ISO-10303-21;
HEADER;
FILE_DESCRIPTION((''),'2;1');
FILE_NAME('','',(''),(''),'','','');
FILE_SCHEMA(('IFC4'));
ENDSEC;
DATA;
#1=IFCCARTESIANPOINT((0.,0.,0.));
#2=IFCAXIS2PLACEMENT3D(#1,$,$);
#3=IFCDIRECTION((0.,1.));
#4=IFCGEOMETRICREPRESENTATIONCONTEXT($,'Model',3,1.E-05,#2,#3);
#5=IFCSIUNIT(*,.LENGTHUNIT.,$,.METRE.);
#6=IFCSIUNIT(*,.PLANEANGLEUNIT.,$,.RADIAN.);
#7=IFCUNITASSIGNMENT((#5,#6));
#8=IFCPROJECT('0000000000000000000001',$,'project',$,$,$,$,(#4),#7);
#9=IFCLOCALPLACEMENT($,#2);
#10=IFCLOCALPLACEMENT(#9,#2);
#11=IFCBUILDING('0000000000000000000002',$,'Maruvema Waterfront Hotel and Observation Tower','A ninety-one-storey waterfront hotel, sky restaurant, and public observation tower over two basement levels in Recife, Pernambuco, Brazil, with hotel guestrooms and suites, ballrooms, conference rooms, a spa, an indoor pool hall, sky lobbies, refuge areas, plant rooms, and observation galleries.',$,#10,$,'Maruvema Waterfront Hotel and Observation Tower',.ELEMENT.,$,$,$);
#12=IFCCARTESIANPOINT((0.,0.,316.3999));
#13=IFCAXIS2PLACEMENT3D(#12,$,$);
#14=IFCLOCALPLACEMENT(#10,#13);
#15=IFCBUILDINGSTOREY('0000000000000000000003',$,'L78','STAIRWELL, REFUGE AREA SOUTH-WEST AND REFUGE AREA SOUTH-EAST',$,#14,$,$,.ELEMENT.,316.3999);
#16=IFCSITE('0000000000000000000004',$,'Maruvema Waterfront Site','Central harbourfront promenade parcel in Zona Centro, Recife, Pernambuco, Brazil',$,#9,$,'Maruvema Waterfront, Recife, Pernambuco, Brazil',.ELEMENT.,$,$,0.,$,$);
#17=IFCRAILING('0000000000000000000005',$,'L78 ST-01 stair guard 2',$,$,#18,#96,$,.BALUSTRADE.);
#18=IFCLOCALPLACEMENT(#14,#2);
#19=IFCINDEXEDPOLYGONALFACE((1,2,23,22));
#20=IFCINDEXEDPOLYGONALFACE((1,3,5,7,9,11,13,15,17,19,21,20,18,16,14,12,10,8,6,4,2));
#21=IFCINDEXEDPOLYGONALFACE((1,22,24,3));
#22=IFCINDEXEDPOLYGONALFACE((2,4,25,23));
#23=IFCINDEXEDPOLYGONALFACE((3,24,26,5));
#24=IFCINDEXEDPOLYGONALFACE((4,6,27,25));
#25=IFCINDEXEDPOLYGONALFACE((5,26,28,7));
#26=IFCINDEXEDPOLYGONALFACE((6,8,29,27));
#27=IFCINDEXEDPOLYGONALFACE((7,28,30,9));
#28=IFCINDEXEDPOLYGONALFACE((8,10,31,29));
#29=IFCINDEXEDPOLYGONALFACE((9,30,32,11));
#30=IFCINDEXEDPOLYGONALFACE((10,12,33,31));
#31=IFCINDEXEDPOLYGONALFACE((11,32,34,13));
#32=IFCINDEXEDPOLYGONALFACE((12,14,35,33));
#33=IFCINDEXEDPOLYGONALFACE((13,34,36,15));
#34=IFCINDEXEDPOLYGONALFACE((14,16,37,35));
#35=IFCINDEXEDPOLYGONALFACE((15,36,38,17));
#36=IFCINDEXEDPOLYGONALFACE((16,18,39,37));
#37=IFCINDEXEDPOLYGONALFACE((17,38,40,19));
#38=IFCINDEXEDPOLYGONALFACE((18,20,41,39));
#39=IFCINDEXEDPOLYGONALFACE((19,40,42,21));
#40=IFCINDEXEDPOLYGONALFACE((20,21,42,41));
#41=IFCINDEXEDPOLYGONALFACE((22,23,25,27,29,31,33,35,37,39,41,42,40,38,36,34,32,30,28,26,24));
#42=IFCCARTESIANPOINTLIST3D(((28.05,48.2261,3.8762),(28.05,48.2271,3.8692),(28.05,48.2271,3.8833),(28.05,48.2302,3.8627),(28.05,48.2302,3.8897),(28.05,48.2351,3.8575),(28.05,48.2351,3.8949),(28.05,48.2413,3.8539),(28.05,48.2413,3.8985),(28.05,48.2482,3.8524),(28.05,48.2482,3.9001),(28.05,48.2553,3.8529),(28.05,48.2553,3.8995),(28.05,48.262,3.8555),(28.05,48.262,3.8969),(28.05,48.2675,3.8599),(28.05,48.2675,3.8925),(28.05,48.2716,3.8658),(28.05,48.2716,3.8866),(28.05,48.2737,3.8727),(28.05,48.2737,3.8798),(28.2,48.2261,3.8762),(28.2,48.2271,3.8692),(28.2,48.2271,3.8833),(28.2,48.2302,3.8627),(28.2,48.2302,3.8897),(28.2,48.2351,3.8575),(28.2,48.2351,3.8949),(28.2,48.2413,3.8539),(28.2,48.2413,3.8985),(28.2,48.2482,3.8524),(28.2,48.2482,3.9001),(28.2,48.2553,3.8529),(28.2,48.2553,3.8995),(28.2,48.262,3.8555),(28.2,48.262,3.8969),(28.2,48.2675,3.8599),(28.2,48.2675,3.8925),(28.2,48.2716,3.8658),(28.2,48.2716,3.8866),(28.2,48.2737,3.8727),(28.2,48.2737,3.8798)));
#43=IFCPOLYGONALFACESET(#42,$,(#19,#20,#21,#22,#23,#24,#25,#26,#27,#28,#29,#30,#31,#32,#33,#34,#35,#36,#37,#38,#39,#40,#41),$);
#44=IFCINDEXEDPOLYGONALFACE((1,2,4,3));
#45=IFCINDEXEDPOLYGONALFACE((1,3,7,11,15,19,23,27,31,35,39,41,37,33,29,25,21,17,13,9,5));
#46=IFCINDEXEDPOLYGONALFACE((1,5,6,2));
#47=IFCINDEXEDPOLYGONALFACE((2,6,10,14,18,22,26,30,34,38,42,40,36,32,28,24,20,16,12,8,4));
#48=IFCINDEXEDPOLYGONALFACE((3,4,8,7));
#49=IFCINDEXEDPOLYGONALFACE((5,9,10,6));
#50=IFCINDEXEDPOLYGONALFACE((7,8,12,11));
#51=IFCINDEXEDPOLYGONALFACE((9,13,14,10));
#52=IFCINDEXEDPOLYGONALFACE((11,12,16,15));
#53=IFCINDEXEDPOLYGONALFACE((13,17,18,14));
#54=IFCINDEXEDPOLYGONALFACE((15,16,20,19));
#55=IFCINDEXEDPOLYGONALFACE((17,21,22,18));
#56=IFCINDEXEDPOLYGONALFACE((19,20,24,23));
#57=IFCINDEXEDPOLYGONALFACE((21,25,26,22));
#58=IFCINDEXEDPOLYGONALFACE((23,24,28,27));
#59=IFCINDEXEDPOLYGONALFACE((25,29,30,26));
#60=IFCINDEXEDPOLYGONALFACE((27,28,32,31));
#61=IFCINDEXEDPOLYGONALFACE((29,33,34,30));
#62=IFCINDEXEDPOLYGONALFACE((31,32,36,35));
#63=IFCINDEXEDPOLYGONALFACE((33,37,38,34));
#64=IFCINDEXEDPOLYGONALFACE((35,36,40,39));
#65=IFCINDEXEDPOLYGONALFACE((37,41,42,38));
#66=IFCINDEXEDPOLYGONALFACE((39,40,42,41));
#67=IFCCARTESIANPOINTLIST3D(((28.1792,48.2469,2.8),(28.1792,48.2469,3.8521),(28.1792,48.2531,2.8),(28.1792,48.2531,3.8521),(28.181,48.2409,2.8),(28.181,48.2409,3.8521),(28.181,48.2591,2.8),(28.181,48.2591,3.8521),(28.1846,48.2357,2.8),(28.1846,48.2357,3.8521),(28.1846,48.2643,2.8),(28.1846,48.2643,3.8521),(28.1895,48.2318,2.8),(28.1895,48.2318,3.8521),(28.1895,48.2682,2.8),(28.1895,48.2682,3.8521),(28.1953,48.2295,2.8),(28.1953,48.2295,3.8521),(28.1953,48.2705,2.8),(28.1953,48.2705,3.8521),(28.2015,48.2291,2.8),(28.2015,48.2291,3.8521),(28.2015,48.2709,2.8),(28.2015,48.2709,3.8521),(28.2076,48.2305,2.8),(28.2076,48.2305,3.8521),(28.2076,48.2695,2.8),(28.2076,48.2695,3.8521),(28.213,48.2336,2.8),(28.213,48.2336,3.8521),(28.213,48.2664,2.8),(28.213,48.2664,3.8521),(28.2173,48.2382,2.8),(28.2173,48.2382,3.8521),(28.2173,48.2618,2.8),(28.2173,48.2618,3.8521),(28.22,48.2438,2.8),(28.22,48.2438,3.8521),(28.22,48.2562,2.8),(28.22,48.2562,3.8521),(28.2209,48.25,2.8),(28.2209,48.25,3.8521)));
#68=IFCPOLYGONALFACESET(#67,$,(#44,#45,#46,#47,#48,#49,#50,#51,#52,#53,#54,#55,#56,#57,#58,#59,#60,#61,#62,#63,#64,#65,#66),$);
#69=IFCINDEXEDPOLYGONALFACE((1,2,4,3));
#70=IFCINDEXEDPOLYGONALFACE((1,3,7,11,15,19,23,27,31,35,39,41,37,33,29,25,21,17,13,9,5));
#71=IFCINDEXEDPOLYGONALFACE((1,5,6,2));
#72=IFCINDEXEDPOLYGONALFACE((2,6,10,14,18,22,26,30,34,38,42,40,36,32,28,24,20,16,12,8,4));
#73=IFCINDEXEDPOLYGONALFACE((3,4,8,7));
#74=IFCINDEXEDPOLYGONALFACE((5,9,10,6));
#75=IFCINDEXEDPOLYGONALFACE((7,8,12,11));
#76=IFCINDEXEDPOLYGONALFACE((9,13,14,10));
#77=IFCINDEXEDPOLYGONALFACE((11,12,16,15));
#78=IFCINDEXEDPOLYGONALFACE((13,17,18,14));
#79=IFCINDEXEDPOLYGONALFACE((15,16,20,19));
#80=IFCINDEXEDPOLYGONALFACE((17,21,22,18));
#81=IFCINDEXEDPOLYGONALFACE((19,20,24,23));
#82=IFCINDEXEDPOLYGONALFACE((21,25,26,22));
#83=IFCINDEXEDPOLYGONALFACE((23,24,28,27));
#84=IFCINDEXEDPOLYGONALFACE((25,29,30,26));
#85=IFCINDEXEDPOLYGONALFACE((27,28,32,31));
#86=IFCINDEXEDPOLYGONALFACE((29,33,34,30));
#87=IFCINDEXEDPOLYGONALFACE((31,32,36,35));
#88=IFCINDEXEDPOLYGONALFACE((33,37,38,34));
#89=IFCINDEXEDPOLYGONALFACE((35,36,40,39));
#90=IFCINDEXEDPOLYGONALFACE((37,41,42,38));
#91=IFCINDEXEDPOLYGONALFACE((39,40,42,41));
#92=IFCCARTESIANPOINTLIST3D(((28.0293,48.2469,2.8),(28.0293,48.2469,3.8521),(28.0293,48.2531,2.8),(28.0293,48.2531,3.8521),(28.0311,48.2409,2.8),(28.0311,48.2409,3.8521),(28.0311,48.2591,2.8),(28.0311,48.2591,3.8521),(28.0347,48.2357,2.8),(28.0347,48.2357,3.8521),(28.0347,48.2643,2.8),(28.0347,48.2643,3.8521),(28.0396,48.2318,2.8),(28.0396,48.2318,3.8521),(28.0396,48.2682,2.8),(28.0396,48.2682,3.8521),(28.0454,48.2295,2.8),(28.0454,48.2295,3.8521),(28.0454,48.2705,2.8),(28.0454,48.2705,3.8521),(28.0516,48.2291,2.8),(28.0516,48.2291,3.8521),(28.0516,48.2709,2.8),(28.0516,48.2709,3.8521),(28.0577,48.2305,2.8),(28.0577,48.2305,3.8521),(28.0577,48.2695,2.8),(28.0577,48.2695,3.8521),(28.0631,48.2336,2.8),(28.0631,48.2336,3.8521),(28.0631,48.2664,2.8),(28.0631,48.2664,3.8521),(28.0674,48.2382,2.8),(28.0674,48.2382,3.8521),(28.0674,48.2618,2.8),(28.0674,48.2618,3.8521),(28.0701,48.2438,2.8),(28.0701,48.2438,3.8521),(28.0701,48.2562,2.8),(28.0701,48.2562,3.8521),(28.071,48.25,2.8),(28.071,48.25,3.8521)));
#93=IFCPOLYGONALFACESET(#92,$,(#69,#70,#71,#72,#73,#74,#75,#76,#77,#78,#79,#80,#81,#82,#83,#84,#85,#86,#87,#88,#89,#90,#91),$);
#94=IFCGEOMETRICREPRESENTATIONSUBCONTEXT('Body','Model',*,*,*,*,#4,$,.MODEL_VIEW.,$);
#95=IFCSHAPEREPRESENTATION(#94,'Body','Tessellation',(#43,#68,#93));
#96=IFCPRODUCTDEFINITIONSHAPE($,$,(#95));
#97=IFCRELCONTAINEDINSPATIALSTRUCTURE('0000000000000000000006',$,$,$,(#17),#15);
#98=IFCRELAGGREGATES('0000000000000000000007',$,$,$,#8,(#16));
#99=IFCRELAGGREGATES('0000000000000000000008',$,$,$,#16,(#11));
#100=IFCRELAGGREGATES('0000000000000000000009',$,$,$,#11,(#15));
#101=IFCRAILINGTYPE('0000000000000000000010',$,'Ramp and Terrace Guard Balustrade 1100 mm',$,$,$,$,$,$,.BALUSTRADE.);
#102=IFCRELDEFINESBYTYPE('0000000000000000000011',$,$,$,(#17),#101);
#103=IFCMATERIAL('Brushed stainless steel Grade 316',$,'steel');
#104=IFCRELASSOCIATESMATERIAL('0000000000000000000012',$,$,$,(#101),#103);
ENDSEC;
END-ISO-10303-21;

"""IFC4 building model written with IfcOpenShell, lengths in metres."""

from ifc_helpers import new_model, si_unit, direction, frame, origin, origin_2d, place, context, subcontext, project, spatial, circle, extrude, material, type_object, element, save


model = new_model("IFC4")

# Units and contexts
model_context = context("Model", 3, precision=1e-05, world=origin(), true_north=direction((0.0, 1.0)))
body_context = subcontext(model_context, "Body", "Model", "MODEL_VIEW")
ifc_project = project(units=[si_unit("LENGTHUNIT", "METRE"), si_unit("PLANEANGLEUNIT", "RADIAN")], contexts=[model_context])

# Site, building, storey
site_placement = place(None, origin())
site = spatial("IfcSite", under=ifc_project, at=site_placement, Name="Maruvema Waterfront Site", Description="Central harbourfront promenade parcel in Zona Centro, Recife, Pernambuco, Brazil", LongName="Maruvema Waterfront, Recife, Pernambuco, Brazil", CompositionType="ELEMENT", RefElevation=0.0)
building_placement = place(site_placement, origin())
building = spatial("IfcBuilding", under=site, at=building_placement, Name="Maruvema Waterfront Hotel and Observation Tower", Description="A ninety-one-storey waterfront hotel, sky restaurant, and public observation tower over two basement levels in Recife, Pernambuco, Brazil, with hotel guestrooms and suites, ballrooms, conference rooms, a spa, an indoor pool hall, sky lobbies, refuge areas, plant rooms, and observation galleries.", LongName="Maruvema Waterfront Hotel and Observation Tower", CompositionType="ELEMENT")
storey_placement = place(building_placement, frame((0.0, 0.0, 316.3999)))
storey = spatial("IfcBuildingStorey", under=building, at=storey_placement, Name="L78", Description="STAIRWELL, REFUGE AREA SOUTH-WEST AND REFUGE AREA SOUTH-EAST", CompositionType="ELEMENT", Elevation=316.3999)

# Railing
ifc_material_1 = material(Name="Brushed stainless steel Grade 316", Category="steel")
railing_type_1 = type_object("IfcRailingType", Name="Ramp and Terrace Guard Balustrade 1100 mm", PredefinedType="BALUSTRADE", material=ifc_material_1)
railing_1_placement = place(storey_placement, frame((28.2, 48.25, 2.8)))
element("IfcRailing", 1, at=railing_1_placement, inside=storey, type_object=railing_type_1, Name="L78 ST-01 stair guard 2", PredefinedType="BALUSTRADE", context=body_context, shape_type="SweptSolid", body=[
    extrude(circle(Radius=0.0239, at=origin_2d()), frame((0.0, 0.0, 1.0762), z_axis=(-1.0, 0.0, 0.0), x_axis=(0.0, -1.0, 0.0)), (0.0, 0.0, 1.0), 0.1499),
    extrude(circle(Radius=0.021, at=origin_2d()), origin(), (0.0, 0.0, 1.0), 1.052),
    extrude(circle(Radius=0.021, at=origin_2d()), frame((-0.1499, 0.0, 0.0)), (0.0, 0.0, 1.0), 1.052),
])

save(model, "model.ifc")
